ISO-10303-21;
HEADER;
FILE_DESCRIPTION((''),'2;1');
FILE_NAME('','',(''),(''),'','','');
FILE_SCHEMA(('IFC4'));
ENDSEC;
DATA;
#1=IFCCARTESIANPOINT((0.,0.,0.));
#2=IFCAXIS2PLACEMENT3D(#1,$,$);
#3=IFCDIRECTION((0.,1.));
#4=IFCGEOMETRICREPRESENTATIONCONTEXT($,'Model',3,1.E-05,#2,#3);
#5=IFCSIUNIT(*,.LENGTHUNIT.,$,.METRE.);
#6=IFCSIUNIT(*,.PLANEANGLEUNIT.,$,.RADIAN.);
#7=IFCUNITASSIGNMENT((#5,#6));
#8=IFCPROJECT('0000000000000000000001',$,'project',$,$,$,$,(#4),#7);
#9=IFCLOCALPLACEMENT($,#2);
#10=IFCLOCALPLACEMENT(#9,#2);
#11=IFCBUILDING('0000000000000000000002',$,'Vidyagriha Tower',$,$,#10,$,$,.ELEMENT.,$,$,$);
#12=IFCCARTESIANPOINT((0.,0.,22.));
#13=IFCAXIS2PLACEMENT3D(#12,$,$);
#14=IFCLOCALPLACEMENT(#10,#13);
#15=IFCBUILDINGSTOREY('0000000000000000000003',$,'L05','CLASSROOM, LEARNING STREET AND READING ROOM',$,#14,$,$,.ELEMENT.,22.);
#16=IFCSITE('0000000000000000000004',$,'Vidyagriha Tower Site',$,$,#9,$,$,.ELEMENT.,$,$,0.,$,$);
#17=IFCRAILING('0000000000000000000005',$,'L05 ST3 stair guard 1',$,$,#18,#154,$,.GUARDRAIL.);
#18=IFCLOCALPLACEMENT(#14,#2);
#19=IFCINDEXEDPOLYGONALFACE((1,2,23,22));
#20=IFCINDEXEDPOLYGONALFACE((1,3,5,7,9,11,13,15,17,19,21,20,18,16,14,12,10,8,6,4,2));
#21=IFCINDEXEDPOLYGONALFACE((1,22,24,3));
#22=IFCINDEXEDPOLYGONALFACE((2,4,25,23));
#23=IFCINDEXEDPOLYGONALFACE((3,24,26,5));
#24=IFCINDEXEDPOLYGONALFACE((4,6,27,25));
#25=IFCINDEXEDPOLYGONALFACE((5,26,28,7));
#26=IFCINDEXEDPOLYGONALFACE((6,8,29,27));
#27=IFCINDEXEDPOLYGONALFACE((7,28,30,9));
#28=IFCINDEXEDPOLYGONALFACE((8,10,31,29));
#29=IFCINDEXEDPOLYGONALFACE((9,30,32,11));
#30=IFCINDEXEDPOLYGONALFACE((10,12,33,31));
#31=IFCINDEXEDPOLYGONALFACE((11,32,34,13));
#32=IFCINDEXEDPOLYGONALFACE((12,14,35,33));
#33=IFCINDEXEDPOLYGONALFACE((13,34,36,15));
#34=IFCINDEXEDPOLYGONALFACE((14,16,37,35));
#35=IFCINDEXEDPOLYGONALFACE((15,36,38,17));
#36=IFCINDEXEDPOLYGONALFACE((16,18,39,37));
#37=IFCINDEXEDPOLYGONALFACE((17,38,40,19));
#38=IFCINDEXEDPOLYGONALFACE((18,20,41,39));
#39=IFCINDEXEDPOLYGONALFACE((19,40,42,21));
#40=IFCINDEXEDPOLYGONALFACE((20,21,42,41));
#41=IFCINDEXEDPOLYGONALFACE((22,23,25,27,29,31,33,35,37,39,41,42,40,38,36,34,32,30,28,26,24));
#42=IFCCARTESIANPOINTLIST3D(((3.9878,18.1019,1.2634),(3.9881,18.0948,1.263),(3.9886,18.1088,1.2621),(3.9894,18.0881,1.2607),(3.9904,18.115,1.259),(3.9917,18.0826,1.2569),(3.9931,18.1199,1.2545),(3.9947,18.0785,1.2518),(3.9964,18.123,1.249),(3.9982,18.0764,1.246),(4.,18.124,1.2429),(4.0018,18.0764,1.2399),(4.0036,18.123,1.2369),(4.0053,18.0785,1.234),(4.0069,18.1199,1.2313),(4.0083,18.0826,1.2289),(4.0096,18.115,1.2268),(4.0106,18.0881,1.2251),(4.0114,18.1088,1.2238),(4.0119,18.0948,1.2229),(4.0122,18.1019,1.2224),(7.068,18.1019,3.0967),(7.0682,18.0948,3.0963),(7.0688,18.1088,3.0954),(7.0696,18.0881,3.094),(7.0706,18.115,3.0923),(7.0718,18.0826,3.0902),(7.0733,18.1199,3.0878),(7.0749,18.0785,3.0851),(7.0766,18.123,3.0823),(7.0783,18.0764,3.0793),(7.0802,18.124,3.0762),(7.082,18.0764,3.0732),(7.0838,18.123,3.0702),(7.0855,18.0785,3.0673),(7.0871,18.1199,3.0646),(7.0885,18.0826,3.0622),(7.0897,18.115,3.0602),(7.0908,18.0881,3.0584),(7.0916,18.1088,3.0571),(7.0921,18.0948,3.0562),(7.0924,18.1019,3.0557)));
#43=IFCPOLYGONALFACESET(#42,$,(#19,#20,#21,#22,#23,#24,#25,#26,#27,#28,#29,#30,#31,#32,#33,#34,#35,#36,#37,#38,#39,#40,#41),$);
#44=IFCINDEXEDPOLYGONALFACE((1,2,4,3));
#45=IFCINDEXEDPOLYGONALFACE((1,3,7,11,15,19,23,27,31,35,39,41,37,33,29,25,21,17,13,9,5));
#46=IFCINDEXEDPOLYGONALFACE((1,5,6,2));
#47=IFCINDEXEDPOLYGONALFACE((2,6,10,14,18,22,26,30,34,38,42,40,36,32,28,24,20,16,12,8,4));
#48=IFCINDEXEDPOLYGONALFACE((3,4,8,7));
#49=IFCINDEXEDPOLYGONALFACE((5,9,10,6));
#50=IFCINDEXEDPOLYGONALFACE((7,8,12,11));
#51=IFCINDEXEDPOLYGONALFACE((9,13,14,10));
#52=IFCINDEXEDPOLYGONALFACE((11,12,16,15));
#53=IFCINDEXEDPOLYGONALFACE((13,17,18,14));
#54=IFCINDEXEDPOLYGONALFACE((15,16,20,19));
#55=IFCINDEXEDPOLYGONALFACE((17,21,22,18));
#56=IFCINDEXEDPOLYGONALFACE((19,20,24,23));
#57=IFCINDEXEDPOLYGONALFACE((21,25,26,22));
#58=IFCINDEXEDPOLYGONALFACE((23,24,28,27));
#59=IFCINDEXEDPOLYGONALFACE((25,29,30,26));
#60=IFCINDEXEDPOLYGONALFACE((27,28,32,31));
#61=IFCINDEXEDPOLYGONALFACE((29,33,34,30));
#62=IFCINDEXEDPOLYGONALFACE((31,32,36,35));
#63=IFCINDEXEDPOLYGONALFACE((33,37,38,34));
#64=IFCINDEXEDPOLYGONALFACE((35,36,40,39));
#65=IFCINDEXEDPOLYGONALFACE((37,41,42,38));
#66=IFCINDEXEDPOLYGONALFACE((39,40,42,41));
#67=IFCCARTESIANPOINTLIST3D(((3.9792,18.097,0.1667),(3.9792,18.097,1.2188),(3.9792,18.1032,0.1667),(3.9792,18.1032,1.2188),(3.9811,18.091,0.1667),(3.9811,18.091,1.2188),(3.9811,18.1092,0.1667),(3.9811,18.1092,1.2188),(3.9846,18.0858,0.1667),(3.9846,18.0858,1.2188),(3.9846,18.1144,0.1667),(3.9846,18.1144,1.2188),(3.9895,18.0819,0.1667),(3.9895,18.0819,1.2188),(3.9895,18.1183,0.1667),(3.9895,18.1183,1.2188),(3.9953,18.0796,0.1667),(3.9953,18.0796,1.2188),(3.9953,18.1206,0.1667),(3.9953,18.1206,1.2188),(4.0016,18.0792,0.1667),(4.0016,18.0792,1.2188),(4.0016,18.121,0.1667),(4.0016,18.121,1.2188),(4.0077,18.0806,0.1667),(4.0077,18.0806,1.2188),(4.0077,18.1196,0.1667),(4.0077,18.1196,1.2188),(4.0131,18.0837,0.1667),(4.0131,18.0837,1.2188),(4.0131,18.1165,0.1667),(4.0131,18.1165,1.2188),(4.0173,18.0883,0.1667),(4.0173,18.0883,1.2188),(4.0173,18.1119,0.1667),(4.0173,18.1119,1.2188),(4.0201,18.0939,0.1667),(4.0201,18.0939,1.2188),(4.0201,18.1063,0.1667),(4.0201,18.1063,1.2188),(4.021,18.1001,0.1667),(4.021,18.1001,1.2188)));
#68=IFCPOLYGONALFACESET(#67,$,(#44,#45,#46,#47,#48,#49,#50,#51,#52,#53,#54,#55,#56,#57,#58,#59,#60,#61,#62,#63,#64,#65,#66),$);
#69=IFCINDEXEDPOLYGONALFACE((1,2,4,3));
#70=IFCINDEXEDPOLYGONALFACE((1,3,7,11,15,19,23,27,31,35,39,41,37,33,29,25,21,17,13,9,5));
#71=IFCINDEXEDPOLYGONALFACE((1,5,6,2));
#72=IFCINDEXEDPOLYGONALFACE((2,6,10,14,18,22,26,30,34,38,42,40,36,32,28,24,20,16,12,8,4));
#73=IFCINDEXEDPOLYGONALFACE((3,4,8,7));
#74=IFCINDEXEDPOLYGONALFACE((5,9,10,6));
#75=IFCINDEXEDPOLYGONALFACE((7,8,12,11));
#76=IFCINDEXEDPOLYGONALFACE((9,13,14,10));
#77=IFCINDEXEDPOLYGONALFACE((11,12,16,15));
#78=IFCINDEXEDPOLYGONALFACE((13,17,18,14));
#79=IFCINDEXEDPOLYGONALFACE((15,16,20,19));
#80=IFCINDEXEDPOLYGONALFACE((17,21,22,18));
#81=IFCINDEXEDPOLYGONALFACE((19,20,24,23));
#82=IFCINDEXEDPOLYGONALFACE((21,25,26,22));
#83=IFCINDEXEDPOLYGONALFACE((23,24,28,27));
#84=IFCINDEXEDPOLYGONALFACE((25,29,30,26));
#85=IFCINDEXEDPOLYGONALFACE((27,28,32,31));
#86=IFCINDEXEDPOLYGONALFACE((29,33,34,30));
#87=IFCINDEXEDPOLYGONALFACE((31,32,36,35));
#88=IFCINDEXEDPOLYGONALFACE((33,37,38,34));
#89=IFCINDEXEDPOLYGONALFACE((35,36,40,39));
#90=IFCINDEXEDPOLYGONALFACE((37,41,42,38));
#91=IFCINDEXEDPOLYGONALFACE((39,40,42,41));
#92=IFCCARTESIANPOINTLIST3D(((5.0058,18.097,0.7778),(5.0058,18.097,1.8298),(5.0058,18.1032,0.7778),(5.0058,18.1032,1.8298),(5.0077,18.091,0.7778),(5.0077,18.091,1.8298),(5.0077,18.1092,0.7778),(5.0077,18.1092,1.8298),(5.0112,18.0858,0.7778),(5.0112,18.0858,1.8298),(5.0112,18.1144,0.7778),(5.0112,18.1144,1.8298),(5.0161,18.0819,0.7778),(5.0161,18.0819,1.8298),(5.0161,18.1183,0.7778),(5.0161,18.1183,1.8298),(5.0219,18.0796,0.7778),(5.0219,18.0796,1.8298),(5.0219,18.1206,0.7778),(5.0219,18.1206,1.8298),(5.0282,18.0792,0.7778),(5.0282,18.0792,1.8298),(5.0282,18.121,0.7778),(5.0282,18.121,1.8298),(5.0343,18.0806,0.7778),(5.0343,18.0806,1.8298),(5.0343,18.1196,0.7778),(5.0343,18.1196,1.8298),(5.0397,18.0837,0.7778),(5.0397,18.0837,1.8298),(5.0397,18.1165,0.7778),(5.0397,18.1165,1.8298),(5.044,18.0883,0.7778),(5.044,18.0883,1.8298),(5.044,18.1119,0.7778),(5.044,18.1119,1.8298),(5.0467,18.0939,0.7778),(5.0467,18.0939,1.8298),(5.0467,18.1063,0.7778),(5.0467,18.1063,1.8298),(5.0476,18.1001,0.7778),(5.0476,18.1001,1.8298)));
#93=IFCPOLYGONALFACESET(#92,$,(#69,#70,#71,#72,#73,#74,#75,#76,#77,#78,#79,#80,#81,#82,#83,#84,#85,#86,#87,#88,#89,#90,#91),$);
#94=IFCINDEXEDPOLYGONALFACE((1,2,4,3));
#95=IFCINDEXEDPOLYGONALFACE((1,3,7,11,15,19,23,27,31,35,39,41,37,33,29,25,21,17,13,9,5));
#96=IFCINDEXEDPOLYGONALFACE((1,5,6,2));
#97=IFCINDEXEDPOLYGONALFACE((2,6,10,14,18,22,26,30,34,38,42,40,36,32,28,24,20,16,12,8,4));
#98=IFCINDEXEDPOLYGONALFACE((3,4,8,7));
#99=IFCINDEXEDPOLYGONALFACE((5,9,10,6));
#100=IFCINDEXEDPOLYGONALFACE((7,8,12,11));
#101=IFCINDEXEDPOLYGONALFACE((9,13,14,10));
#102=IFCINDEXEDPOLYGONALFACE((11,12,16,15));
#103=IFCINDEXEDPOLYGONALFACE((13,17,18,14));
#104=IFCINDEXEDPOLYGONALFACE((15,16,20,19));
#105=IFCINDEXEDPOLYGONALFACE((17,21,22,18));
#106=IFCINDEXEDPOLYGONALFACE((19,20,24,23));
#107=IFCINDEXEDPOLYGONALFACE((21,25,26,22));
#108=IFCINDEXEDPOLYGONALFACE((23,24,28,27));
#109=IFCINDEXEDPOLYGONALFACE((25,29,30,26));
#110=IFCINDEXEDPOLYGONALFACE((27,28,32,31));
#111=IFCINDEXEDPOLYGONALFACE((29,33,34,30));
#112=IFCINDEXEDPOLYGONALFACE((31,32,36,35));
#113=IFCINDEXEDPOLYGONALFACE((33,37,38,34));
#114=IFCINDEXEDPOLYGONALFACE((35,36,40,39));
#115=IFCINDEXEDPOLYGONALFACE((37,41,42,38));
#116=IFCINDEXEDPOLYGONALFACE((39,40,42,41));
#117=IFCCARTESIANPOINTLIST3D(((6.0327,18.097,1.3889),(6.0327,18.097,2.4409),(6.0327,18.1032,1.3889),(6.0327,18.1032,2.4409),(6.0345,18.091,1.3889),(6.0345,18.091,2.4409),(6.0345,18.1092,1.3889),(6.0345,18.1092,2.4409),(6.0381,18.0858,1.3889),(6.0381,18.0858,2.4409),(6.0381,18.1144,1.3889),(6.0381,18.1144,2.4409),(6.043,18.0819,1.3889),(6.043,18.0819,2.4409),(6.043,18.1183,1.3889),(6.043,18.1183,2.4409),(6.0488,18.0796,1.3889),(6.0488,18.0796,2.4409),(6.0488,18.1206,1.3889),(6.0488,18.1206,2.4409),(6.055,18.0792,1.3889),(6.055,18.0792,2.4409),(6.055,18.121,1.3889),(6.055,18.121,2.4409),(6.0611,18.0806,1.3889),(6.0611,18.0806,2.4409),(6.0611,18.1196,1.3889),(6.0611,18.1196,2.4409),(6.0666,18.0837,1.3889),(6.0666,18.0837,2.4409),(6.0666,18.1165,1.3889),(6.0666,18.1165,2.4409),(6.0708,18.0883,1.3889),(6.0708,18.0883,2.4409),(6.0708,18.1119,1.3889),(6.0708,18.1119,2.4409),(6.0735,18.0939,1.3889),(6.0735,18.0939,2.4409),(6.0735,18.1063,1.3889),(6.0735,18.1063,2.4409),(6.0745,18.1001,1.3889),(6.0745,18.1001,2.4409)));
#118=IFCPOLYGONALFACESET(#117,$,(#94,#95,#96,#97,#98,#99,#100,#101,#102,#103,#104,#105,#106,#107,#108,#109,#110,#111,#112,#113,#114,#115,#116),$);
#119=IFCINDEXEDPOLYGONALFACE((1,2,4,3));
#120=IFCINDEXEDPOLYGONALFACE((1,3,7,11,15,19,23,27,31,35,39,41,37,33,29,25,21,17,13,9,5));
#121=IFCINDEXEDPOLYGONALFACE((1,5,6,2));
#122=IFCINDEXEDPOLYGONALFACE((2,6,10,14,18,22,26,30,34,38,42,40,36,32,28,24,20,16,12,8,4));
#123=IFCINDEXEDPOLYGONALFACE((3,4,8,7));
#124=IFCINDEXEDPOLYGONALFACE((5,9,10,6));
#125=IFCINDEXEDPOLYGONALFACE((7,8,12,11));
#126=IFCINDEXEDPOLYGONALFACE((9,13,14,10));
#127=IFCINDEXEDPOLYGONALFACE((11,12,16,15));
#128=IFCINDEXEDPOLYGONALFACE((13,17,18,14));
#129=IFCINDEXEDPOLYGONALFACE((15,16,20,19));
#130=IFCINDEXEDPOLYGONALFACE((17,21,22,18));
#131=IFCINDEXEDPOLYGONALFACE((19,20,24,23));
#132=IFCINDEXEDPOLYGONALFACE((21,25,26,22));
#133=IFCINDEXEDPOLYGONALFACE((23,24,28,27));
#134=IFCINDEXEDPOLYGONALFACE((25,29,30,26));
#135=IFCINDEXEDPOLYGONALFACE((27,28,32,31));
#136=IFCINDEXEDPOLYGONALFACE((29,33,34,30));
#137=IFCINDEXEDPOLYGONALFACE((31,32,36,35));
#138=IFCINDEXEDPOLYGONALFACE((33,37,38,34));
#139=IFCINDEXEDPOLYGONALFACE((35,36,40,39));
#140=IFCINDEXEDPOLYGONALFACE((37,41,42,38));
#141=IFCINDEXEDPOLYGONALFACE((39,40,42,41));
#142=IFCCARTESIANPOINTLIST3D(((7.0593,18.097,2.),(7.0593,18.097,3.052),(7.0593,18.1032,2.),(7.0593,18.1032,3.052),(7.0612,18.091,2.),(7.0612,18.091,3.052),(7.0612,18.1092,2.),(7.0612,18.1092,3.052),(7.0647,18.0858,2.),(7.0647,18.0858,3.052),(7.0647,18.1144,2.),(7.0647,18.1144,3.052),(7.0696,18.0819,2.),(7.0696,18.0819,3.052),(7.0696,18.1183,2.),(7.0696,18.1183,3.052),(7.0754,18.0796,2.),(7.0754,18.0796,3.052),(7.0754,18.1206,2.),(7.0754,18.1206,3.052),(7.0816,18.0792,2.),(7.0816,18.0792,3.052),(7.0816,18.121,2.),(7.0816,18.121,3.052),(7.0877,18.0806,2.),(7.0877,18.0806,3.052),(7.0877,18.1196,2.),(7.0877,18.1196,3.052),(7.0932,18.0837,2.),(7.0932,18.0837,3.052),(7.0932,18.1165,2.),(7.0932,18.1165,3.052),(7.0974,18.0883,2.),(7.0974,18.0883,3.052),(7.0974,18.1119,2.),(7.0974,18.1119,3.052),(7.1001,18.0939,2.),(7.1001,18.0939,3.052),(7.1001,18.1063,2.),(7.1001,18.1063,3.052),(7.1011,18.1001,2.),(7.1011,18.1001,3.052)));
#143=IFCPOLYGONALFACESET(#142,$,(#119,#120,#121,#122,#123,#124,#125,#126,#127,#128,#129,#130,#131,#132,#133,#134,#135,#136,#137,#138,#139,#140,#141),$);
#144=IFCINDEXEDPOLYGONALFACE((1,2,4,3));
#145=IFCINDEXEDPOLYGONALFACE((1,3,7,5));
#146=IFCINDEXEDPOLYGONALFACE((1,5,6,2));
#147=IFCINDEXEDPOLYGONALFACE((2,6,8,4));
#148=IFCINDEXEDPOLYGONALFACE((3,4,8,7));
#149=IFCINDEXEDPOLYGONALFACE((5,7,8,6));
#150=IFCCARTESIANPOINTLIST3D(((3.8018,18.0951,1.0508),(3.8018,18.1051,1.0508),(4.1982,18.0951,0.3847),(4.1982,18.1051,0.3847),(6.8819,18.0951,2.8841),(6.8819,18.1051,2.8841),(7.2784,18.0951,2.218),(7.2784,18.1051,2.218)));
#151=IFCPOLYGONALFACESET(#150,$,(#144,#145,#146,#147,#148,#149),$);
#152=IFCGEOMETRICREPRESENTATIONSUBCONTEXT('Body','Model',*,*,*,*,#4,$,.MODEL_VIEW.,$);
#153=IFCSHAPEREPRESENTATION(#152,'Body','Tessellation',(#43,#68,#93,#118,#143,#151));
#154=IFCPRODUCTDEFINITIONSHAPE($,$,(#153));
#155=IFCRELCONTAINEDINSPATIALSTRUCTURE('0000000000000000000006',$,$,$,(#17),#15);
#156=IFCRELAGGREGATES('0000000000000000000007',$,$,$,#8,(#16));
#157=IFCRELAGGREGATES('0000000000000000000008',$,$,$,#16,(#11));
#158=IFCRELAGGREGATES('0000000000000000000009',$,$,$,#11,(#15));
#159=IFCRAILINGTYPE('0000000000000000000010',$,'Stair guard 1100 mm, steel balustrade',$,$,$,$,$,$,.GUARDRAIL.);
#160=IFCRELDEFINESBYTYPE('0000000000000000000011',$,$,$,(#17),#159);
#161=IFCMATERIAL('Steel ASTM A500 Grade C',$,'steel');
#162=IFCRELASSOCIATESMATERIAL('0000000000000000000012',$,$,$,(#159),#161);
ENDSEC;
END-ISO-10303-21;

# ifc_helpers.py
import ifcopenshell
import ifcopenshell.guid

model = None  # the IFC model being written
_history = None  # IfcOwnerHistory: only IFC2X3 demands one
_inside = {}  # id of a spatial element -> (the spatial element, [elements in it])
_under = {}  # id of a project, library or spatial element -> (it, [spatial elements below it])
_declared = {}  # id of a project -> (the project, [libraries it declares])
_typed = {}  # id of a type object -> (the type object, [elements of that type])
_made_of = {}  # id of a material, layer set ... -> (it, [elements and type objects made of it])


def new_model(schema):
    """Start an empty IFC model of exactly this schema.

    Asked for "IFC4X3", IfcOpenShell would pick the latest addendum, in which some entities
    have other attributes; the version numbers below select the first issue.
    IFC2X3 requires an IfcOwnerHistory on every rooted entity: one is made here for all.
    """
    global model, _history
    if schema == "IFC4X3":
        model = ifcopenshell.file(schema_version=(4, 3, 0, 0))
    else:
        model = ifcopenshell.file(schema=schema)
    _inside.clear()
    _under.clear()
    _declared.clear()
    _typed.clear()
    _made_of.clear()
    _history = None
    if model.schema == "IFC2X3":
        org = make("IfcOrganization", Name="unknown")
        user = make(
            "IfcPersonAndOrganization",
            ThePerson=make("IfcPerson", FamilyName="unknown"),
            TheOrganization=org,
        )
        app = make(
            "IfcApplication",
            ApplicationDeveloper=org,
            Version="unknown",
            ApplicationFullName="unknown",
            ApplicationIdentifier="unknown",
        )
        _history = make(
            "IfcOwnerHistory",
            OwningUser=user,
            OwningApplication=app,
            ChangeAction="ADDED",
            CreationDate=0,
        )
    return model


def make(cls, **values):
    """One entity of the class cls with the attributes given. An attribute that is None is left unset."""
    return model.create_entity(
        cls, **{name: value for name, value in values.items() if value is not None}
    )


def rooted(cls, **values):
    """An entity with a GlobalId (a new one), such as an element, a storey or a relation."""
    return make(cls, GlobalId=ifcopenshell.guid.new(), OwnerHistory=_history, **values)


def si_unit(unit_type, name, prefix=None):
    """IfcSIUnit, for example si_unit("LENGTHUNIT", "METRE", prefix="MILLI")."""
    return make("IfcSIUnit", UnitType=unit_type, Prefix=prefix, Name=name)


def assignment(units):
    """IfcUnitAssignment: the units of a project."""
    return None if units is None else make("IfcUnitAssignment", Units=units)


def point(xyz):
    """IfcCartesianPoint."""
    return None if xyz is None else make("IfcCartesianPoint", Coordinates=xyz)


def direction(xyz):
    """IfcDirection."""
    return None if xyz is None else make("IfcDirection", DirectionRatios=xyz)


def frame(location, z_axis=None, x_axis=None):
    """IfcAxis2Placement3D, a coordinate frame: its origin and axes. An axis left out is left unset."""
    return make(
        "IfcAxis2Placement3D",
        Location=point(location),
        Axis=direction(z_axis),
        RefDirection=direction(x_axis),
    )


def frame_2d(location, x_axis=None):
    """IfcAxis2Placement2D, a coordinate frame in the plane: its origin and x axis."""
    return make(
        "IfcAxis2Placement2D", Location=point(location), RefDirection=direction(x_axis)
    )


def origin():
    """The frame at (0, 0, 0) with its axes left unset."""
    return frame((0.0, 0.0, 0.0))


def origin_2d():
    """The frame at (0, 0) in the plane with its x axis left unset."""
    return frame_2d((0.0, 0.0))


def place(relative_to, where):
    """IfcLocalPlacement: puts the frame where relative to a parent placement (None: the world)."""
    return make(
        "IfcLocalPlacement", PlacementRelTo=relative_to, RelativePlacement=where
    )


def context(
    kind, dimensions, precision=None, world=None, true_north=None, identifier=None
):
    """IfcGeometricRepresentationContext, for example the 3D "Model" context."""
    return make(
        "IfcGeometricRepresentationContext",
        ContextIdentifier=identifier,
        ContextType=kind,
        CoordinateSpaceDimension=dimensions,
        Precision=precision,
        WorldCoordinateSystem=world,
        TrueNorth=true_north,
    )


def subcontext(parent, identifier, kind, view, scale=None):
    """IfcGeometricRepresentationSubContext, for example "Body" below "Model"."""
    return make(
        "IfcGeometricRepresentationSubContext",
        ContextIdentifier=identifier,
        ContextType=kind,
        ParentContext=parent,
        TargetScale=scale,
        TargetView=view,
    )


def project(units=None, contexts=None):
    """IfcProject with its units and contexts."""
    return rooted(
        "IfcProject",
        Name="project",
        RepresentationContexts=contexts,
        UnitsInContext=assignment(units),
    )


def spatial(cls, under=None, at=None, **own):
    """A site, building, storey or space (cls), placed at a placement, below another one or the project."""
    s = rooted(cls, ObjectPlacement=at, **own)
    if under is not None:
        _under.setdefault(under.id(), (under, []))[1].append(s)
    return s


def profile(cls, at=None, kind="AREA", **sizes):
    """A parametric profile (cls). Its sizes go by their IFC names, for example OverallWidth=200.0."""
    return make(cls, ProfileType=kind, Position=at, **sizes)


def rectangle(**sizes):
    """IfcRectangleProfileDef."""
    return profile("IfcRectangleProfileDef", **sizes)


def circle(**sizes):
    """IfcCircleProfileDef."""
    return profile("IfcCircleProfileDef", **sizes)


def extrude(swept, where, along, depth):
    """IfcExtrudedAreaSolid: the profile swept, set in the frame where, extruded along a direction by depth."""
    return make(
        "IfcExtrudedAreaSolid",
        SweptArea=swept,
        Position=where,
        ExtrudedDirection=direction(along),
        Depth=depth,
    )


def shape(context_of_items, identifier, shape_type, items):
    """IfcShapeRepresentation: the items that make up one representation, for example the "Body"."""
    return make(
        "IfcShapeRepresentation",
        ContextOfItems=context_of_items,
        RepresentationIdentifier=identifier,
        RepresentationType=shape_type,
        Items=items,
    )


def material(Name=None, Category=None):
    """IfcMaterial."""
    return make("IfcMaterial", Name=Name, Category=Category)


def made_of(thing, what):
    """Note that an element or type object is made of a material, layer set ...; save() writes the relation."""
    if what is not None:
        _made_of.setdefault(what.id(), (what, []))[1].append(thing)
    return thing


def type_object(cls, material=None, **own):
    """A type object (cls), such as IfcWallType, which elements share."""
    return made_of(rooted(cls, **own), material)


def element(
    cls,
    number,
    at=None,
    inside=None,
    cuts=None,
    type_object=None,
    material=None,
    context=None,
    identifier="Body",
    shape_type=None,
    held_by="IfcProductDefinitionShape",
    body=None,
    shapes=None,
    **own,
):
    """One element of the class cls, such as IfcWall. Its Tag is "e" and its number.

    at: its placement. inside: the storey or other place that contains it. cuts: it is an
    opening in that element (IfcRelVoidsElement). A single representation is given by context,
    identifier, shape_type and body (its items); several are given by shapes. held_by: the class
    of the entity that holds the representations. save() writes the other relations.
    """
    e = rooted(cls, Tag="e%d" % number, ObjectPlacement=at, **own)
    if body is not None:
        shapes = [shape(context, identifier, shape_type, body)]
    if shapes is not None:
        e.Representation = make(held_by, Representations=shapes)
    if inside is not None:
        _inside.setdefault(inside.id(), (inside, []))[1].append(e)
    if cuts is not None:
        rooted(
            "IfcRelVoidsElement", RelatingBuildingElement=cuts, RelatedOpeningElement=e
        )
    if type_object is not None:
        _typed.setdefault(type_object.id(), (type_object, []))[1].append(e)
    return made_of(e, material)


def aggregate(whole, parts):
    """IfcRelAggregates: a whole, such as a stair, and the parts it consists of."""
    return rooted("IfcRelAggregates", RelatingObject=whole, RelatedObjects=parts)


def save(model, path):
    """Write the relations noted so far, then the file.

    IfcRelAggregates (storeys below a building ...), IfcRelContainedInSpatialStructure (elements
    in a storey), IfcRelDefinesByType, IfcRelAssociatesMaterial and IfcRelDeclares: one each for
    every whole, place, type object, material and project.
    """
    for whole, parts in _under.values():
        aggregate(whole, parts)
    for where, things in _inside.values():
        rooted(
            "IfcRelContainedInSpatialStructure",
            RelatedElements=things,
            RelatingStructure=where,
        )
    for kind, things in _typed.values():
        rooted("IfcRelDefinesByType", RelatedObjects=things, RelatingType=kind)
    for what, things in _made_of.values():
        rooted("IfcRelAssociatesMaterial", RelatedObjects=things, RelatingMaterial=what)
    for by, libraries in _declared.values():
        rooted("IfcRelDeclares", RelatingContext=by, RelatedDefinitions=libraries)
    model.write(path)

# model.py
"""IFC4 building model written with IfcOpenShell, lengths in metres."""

from ifc_helpers import new_model, si_unit, direction, frame, origin, origin_2d, place, context, subcontext, project, spatial, rectangle, circle, extrude, material, type_object, element, save


model = new_model("IFC4")

# Units and contexts
model_context = context("Model", 3, precision=1e-05, world=origin(), true_north=direction((0.0, 1.0)))
body_context = subcontext(model_context, "Body", "Model", "MODEL_VIEW")
ifc_project = project(units=[si_unit("LENGTHUNIT", "METRE"), si_unit("PLANEANGLEUNIT", "RADIAN")], contexts=[model_context])

# Site, building, storey
site_placement = place(None, origin())
site = spatial("IfcSite", under=ifc_project, at=site_placement, Name="Vidyagriha Tower Site", CompositionType="ELEMENT", RefElevation=0.0)
building_placement = place(site_placement, origin())
building = spatial("IfcBuilding", under=site, at=building_placement, Name="Vidyagriha Tower", CompositionType="ELEMENT")
storey_placement = place(building_placement, frame((0.0, 0.0, 22.0)))
storey = spatial("IfcBuildingStorey", under=building, at=storey_placement, Name="L05", Description="CLASSROOM, LEARNING STREET AND READING ROOM", CompositionType="ELEMENT", Elevation=22.0)

# Railing
ifc_material_1 = material(Name="Steel ASTM A500 Grade C", Category="steel")
railing_type_1 = type_object("IfcRailingType", Name="Stair guard 1100 mm, steel balustrade", PredefinedType="GUARDRAIL", material=ifc_material_1)
railing_1_placement = place(storey_placement, frame((4.0, 18.1001, 0.1667)))
element("IfcRailing", 1, at=railing_1_placement, inside=storey, type_object=railing_type_1, Name="L05 ST3 stair guard 1", PredefinedType="GUARDRAIL", context=body_context, shape_type="SweptSolid", body=[
    extrude(circle(Radius=0.0239, at=origin_2d()), frame((0.0, 0.0, 1.0762), z_axis=(0.859309, 0.0, 0.511458), x_axis=(0.0, 1.0, 0.0)), (0.0, 0.0, 1.0), 3.5845),
    extrude(circle(Radius=0.021, at=origin_2d()), origin(), (0.0, 0.0, 1.0), 1.052),
    extrude(circle(Radius=0.021, at=origin_2d()), frame((1.0266, 0.0, 0.6111)), (0.0, 0.0, 1.0), 1.052),
    extrude(circle(Radius=0.021, at=origin_2d()), frame((2.0535, 0.0, 1.2222)), (0.0, 0.0, 1.0), 1.052),
    extrude(circle(Radius=0.021, at=origin_2d()), frame((3.0801, 0.0, 1.8333)), (0.0, 0.0, 1.0), 1.052),
    extrude(rectangle(XDim=0.01, YDim=0.7751, at=origin_2d()), frame((0.0, 0.0, 0.551), z_axis=(0.859309, 0.0, 0.511458), x_axis=(0.0, 1.0, 0.0)), (0.0, 0.0, 1.0), 3.5845),
])

save(model, "model.ifc")
